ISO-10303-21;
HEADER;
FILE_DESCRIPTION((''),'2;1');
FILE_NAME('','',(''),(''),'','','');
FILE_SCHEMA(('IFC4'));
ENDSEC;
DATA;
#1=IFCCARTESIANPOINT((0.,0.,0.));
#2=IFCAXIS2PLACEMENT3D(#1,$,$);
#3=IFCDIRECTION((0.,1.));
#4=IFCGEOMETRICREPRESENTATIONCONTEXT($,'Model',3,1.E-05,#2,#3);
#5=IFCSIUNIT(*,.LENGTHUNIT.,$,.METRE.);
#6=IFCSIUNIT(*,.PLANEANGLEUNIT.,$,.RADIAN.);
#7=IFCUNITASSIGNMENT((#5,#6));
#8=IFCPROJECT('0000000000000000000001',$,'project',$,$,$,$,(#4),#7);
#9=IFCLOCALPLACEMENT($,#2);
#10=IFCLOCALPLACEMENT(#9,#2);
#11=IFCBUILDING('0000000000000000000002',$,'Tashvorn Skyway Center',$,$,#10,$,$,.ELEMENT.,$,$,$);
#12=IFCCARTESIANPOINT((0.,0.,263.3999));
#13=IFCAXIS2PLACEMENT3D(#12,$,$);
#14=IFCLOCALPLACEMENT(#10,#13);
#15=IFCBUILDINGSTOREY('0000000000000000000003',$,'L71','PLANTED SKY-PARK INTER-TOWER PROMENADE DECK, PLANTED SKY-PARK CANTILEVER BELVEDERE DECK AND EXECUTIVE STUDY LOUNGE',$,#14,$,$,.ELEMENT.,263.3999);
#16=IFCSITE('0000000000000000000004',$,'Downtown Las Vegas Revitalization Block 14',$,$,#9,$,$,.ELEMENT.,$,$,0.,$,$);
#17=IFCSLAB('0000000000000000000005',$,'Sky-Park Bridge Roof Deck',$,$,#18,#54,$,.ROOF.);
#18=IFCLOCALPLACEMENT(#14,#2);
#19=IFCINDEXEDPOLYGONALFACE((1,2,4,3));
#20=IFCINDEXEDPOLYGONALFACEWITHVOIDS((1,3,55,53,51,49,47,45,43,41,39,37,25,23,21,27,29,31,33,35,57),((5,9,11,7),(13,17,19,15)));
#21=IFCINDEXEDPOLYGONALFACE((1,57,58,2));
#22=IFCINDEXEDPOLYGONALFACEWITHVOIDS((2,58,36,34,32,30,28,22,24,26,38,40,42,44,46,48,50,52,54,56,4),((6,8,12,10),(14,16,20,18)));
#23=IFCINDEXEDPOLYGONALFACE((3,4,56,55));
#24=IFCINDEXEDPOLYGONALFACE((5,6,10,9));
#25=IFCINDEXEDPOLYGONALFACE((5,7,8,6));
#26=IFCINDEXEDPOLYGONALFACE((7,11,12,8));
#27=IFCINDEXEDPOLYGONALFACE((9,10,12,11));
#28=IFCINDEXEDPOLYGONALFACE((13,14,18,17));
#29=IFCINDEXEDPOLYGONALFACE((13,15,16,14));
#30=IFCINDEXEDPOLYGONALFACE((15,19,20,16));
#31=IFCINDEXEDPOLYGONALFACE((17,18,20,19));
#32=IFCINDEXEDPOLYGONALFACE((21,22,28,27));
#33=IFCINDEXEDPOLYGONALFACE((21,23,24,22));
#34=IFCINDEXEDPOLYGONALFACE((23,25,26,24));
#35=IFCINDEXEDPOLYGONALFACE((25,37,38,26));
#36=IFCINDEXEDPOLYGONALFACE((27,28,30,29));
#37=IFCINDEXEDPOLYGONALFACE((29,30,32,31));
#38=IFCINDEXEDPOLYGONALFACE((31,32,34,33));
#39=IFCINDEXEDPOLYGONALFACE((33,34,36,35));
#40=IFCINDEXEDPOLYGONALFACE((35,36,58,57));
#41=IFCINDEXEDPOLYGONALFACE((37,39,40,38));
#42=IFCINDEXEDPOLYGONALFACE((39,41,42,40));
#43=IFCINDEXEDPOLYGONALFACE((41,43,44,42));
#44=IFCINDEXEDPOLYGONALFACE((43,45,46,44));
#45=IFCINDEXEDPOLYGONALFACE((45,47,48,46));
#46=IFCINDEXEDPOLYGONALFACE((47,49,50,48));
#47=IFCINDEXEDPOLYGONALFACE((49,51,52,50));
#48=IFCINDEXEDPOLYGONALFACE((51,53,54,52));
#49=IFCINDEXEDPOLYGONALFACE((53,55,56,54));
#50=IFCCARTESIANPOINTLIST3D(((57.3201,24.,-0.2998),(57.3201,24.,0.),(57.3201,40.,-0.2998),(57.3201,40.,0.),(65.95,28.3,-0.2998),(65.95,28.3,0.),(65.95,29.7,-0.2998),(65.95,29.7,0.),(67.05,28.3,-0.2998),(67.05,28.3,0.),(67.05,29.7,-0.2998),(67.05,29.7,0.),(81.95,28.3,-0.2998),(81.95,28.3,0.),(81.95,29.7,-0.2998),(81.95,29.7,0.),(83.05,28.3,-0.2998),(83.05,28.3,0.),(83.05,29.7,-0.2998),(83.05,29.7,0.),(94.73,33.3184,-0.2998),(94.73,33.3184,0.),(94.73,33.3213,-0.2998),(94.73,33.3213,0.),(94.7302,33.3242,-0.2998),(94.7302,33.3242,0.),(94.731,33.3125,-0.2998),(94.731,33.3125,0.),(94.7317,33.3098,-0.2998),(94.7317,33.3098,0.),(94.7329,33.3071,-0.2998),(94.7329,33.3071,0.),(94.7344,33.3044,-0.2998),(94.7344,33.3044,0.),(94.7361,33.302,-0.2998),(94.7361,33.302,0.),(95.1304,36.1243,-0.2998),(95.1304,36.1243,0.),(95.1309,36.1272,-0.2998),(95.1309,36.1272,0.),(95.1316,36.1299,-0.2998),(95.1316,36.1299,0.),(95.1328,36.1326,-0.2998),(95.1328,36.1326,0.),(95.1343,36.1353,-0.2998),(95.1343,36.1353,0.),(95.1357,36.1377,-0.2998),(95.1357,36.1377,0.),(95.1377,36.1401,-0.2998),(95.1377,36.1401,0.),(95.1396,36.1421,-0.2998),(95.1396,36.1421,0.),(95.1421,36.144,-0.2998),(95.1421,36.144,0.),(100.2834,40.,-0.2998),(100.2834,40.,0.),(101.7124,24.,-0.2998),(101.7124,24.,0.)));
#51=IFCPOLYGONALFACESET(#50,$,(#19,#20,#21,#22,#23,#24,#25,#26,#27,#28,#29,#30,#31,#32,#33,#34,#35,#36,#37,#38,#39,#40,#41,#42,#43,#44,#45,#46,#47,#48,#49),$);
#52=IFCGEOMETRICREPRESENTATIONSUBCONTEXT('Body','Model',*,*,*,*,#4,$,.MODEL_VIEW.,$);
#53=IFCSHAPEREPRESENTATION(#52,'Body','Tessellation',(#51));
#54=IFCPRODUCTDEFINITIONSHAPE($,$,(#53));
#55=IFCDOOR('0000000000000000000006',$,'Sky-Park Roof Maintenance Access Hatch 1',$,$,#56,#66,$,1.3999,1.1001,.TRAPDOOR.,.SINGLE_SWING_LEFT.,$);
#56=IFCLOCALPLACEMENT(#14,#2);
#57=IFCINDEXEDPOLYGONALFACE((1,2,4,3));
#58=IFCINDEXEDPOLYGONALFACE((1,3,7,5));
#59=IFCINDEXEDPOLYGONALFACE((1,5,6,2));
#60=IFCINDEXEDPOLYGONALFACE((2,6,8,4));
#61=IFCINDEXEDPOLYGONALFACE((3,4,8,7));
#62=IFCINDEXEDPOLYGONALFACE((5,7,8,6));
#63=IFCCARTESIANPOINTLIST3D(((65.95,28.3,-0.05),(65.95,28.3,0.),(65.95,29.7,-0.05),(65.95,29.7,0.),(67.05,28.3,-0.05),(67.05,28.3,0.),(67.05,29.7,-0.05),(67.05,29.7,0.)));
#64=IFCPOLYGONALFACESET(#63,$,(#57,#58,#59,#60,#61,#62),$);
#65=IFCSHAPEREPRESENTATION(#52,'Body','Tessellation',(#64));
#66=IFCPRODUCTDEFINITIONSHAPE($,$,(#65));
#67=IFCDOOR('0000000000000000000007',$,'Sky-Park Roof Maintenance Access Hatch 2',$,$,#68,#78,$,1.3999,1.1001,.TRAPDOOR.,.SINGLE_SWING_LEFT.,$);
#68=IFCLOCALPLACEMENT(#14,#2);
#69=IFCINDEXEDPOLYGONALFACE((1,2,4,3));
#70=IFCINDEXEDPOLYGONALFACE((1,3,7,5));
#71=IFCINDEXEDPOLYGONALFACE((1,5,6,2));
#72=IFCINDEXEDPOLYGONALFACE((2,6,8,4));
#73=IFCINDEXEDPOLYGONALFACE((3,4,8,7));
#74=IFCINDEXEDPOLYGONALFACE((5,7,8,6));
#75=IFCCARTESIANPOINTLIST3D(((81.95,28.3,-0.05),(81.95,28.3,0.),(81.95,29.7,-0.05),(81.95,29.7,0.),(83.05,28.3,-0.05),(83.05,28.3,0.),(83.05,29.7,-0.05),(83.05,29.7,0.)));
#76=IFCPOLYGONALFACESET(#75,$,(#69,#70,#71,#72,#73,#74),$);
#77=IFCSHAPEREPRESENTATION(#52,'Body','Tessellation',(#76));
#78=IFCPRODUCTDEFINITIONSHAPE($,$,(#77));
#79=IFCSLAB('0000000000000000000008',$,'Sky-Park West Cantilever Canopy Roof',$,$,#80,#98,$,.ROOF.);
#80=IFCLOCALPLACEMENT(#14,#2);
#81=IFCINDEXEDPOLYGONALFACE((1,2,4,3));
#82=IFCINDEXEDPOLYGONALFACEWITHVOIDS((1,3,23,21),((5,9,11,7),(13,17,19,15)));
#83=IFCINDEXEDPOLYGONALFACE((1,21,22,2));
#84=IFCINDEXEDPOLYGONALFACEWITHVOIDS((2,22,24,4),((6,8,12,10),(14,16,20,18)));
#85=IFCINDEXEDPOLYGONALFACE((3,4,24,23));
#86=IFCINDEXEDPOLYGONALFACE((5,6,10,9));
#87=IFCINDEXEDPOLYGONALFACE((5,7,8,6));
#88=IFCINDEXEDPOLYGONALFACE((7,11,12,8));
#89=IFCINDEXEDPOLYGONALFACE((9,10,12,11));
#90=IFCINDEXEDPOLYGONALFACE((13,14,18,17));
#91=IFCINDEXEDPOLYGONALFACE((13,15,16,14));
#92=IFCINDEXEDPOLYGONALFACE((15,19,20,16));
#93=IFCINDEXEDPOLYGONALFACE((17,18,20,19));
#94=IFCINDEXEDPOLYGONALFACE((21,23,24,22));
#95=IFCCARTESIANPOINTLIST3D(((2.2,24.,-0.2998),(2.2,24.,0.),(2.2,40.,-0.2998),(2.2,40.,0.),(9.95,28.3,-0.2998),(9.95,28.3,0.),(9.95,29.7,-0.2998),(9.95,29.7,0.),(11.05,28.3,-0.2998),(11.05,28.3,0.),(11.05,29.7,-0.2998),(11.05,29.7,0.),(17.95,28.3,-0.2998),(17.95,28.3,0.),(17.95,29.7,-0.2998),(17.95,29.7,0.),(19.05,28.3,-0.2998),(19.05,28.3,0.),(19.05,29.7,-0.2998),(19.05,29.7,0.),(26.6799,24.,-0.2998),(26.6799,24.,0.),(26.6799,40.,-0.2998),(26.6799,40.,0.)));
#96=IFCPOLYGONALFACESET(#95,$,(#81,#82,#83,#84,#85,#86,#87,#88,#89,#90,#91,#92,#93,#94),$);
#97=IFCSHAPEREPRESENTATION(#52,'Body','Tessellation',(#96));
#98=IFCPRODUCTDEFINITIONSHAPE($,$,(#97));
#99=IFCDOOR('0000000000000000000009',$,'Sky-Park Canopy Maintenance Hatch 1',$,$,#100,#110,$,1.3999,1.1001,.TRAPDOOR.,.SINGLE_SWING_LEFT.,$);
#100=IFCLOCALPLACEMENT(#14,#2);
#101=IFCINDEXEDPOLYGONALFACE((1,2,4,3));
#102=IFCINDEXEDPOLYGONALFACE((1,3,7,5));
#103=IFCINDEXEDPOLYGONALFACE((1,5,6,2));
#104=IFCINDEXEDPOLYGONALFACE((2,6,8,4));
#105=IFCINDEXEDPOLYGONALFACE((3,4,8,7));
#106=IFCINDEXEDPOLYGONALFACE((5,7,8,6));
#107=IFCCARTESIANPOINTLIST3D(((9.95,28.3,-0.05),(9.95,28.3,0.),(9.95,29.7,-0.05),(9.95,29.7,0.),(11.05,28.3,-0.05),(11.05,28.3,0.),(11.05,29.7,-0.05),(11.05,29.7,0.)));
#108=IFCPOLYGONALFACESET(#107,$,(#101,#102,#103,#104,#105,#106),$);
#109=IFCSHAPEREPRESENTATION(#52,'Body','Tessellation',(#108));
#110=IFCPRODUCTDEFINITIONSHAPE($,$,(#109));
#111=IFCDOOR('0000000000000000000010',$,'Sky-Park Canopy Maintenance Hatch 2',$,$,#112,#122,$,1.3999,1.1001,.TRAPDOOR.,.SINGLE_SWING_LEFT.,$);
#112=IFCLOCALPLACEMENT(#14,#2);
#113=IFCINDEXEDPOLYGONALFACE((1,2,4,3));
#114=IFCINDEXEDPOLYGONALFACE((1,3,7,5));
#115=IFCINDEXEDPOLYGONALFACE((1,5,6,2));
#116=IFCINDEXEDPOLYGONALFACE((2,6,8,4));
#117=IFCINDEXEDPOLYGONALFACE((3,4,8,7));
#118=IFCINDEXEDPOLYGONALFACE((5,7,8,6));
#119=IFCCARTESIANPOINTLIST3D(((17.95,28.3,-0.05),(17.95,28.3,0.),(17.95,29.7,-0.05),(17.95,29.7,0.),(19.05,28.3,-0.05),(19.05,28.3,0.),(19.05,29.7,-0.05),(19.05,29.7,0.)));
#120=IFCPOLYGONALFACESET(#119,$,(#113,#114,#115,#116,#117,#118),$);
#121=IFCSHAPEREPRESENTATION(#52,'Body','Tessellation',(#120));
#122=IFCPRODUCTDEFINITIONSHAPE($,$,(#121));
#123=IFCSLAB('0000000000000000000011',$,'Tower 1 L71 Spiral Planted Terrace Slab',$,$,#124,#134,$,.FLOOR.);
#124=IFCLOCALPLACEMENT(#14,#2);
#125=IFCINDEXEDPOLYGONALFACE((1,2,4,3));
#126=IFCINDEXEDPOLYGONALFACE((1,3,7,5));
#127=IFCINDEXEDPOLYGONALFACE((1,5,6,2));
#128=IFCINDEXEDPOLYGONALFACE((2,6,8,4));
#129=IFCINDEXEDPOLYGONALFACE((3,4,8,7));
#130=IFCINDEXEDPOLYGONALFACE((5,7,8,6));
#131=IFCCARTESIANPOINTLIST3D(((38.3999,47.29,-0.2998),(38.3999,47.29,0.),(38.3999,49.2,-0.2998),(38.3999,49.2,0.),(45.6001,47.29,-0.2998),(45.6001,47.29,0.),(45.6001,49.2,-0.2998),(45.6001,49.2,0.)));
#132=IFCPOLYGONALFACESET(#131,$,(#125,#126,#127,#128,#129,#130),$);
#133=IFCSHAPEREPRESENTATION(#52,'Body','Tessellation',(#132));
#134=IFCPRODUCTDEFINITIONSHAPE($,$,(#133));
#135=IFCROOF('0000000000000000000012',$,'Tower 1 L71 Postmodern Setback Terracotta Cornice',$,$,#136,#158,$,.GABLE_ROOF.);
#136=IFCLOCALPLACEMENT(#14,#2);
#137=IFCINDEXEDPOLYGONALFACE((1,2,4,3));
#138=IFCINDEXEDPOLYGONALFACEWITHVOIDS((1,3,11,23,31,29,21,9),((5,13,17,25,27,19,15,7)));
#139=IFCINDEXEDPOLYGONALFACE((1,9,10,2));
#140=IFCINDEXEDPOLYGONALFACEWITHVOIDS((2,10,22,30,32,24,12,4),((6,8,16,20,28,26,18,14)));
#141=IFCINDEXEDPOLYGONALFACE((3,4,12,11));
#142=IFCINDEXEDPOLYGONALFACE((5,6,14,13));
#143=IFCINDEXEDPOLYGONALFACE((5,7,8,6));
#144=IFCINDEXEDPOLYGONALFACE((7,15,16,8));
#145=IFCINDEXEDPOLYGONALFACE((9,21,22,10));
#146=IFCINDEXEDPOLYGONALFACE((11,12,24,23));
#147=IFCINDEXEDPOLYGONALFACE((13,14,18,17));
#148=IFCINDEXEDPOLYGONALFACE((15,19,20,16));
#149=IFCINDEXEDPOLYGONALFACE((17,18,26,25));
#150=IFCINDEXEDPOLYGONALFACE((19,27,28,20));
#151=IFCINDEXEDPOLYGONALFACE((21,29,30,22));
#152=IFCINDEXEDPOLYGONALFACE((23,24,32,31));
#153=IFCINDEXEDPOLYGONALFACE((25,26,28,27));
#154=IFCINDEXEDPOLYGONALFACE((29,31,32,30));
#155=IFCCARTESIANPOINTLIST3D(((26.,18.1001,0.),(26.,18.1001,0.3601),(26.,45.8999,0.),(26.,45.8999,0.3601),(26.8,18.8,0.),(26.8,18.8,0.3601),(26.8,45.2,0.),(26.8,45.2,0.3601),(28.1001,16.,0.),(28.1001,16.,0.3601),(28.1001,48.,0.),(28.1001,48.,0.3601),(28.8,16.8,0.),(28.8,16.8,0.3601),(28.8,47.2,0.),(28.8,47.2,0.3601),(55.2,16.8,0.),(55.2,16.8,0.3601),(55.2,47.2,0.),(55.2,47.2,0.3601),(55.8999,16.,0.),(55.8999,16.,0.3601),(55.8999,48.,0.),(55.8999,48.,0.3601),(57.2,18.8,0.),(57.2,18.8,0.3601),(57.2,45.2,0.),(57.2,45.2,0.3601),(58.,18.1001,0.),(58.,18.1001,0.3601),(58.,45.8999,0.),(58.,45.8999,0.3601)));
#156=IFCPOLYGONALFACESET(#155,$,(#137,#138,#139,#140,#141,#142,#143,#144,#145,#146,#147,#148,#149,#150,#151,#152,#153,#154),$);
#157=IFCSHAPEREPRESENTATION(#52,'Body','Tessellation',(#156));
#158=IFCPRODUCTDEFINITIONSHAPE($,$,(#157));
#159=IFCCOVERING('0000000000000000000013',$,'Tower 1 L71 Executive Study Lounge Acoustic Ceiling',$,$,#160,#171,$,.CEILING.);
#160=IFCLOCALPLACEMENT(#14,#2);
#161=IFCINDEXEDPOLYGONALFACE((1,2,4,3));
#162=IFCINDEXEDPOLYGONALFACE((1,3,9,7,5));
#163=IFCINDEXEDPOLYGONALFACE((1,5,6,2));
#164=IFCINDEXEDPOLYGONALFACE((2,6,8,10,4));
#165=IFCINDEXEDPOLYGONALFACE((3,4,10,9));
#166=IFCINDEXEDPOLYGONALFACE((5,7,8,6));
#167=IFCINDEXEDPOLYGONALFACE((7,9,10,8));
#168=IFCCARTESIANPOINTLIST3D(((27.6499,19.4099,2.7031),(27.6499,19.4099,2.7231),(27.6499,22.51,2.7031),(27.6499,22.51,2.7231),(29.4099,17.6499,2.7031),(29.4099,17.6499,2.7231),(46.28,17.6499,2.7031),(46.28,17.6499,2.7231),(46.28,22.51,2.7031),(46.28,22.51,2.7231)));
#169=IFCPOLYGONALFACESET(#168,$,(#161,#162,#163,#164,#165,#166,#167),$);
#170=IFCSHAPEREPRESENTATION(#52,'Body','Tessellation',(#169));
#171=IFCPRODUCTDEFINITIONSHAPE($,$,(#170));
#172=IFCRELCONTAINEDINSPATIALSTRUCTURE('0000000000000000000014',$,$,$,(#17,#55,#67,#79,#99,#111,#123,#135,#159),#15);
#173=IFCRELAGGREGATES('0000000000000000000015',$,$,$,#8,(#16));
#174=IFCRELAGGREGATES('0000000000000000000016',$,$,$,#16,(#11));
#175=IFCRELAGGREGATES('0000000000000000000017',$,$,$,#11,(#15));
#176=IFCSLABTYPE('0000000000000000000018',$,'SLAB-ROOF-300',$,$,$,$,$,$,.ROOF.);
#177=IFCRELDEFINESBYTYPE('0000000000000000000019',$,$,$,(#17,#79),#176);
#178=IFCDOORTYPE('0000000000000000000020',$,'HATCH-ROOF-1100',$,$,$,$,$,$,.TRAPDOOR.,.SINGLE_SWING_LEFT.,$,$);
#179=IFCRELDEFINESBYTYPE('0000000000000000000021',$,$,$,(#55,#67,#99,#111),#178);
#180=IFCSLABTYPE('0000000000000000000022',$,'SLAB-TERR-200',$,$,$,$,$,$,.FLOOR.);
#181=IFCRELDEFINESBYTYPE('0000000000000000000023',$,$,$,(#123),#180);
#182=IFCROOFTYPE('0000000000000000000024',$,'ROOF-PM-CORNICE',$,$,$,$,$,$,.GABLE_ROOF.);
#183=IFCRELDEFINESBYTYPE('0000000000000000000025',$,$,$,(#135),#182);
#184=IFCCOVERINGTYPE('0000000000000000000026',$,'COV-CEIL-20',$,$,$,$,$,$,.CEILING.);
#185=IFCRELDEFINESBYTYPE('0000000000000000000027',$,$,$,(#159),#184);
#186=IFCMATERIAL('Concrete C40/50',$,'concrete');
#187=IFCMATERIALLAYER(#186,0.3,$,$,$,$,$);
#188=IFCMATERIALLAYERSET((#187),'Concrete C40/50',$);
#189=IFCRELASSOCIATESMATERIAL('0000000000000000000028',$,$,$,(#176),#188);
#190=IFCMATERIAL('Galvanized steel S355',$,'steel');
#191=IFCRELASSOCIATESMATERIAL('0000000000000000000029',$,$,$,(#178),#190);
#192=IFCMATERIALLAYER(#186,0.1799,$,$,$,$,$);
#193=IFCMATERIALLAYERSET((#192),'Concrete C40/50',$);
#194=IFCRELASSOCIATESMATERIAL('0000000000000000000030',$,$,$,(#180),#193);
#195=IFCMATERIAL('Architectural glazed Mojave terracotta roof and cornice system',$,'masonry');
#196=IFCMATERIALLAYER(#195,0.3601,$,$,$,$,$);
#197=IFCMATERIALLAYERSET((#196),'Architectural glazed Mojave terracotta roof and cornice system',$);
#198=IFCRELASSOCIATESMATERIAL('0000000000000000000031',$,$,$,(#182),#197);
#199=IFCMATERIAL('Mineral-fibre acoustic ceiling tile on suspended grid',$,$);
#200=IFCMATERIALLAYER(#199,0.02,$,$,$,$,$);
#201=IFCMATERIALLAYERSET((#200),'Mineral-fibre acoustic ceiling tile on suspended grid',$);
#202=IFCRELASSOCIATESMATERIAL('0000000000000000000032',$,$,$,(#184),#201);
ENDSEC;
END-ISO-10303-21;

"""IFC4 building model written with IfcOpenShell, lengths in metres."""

from ifc_helpers import new_model, si_unit, direction, frame, origin, origin_2d, place, context, subcontext, project, spatial, polyline, rectangle, outline, extrude, material, layer, layer_set, type_object, element, fill, save


model = new_model("IFC4")

# Units and contexts
model_context = context("Model", 3, precision=1e-05, world=origin(), true_north=direction((0.0, 1.0)))
body_context = subcontext(model_context, "Body", "Model", "MODEL_VIEW")
ifc_project = project(units=[si_unit("LENGTHUNIT", "METRE"), si_unit("PLANEANGLEUNIT", "RADIAN")], contexts=[model_context])

# Site, building, storey
site_placement = place(None, origin())
site = spatial("IfcSite", under=ifc_project, at=site_placement, Name="Downtown Las Vegas Revitalization Block 14", CompositionType="ELEMENT", RefElevation=0.0)
building_placement = place(site_placement, origin())
building = spatial("IfcBuilding", under=site, at=building_placement, Name="Tashvorn Skyway Center", CompositionType="ELEMENT")
storey_placement = place(building_placement, frame((0.0, 0.0, 263.3999)))
storey = spatial("IfcBuildingStorey", under=building, at=storey_placement, Name="L71", Description="PLANTED SKY-PARK INTER-TOWER PROMENADE DECK, PLANTED SKY-PARK CANTILEVER BELVEDERE DECK AND EXECUTIVE STUDY LOUNGE", CompositionType="ELEMENT", Elevation=263.3999)

# Shared definitions
ifc_material_1 = material(Name="Concrete C40/50", Category="concrete")

# Shared definitions
ifc_layer_1 = layer(ifc_material_1, 0.3)
ifc_layer_set_1 = layer_set([ifc_layer_1], Name="Concrete C40/50")
slab_type_1 = type_object("IfcSlabType", Name="SLAB-ROOF-300", PredefinedType="ROOF", material=ifc_layer_set_1)
ifc_material_2 = material(Name="Galvanized steel S355", Category="steel")
door_type = type_object("IfcDoorType", Name="HATCH-ROOF-1100", OperationType="SINGLE_SWING_LEFT", PredefinedType="TRAPDOOR", material=ifc_material_2)

# Slabs, openings, doors
slab_1_placement = place(storey_placement, frame((0.0, 0.0, -0.2998)))
slab_1 = element("IfcSlab", 1, at=slab_1_placement, inside=storey, type_object=slab_type_1, Name="Sky-Park Bridge Roof Deck", PredefinedType="ROOF", context=body_context, shape_type="SweptSolid", body=[
    extrude(outline(polyline([(57.3201, 24.0), (57.3201, 40.0), (100.2834, 40.0), (95.1421, 36.144), (95.1396, 36.1421), (95.1377, 36.1401), (95.1357, 36.1377), (95.1343, 36.1353), (95.1328, 36.1326), (95.1316, 36.1299), (95.1309, 36.1272), (95.1304, 36.1243), (94.7302, 33.3242), (94.73, 33.3213), (94.73, 33.3184), (94.7305, 33.3154), (94.731, 33.3125), (94.7317, 33.3098), (94.7329, 33.3071), (94.7344, 33.3044), (94.7361, 33.302), (101.7124, 24.0), (57.3201, 24.0)])), origin(), (0.0, 0.0, 1.0), 0.2998),
])
opening_1_placement = place(slab_1_placement, frame((66.5, 29.0, 0.0)))
opening_1 = element("IfcOpeningElement", 2, at=opening_1_placement, cuts=slab_1, PredefinedType="OPENING", context=body_context, shape_type="SweptSolid", body=[
    extrude(rectangle(XDim=1.1001, YDim=1.3999, at=origin_2d()), origin(), (0.0, 0.0, 1.0), 0.2998),
])
opening_2_placement = place(slab_1_placement, frame((82.5, 29.0, 0.0)))
opening_2 = element("IfcOpeningElement", 3, at=opening_2_placement, cuts=slab_1, PredefinedType="OPENING", context=body_context, shape_type="SweptSolid", body=[
    extrude(rectangle(XDim=1.1001, YDim=1.3999, at=origin_2d()), origin(), (0.0, 0.0, 1.0), 0.2998),
])
door_1_placement = place(opening_1_placement, frame((0.0, 0.0, 0.2498)))
door_1 = element("IfcDoor", 4, at=door_1_placement, inside=storey, type_object=door_type, Name="Sky-Park Roof Maintenance Access Hatch 1", OperationType="SINGLE_SWING_LEFT", OverallHeight=1.3999, OverallWidth=1.1001, PredefinedType="TRAPDOOR", context=body_context, shape_type="SweptSolid", body=[
    extrude(rectangle(XDim=1.1001, YDim=1.3999, at=origin_2d()), origin(), (0.0, 0.0, 1.0), 0.05),
])
fill(opening_1, door_1)
door_2_placement = place(opening_2_placement, frame((0.0, 0.0, 0.2498)))
door_2 = element("IfcDoor", 5, at=door_2_placement, inside=storey, type_object=door_type, Name="Sky-Park Roof Maintenance Access Hatch 2", OperationType="SINGLE_SWING_LEFT", OverallHeight=1.3999, OverallWidth=1.1001, PredefinedType="TRAPDOOR", context=body_context, shape_type="SweptSolid", body=[
    extrude(rectangle(XDim=1.1001, YDim=1.3999, at=origin_2d()), origin(), (0.0, 0.0, 1.0), 0.05),
])
fill(opening_2, door_2)
slab_2_placement = place(storey_placement, frame((0.0, 0.0, -0.2998)))
slab_2 = element("IfcSlab", 6, at=slab_2_placement, inside=storey, type_object=slab_type_1, Name="Sky-Park West Cantilever Canopy Roof", PredefinedType="ROOF", context=body_context, shape_type="SweptSolid", body=[
    extrude(outline(polyline([(2.2, 24.0), (26.6799, 24.0), (26.6799, 40.0), (2.2, 40.0), (2.2, 24.0)])), origin(), (0.0, 0.0, 1.0), 0.2998),
])
opening_3_placement = place(slab_2_placement, frame((10.5, 29.0, 0.0)))
opening_3 = element("IfcOpeningElement", 7, at=opening_3_placement, cuts=slab_2, PredefinedType="OPENING", context=body_context, shape_type="SweptSolid", body=[
    extrude(rectangle(XDim=1.1001, YDim=1.3999, at=origin_2d()), origin(), (0.0, 0.0, 1.0), 0.2998),
])
opening_4_placement = place(slab_2_placement, frame((18.5, 29.0, 0.0)))
opening_4 = element("IfcOpeningElement", 8, at=opening_4_placement, cuts=slab_2, PredefinedType="OPENING", context=body_context, shape_type="SweptSolid", body=[
    extrude(rectangle(XDim=1.1001, YDim=1.3999, at=origin_2d()), origin(), (0.0, 0.0, 1.0), 0.2998),
])
door_3_placement = place(opening_3_placement, frame((0.0, 0.0, 0.2498)))
door_3 = element("IfcDoor", 9, at=door_3_placement, inside=storey, type_object=door_type, Name="Sky-Park Canopy Maintenance Hatch 1", OperationType="SINGLE_SWING_LEFT", OverallHeight=1.3999, OverallWidth=1.1001, PredefinedType="TRAPDOOR", context=body_context, shape_type="SweptSolid", body=[
    extrude(rectangle(XDim=1.1001, YDim=1.3999, at=origin_2d()), origin(), (0.0, 0.0, 1.0), 0.05),
])
fill(opening_3, door_3)
door_4_placement = place(opening_4_placement, frame((0.0, 0.0, 0.2498)))
door_4 = element("IfcDoor", 10, at=door_4_placement, inside=storey, type_object=door_type, Name="Sky-Park Canopy Maintenance Hatch 2", OperationType="SINGLE_SWING_LEFT", OverallHeight=1.3999, OverallWidth=1.1001, PredefinedType="TRAPDOOR", context=body_context, shape_type="SweptSolid", body=[
    extrude(rectangle(XDim=1.1001, YDim=1.3999, at=origin_2d()), origin(), (0.0, 0.0, 1.0), 0.05),
])
fill(opening_4, door_4)

# Slab
ifc_layer_2 = layer(ifc_material_1, 0.1799)
ifc_layer_set_2 = layer_set([ifc_layer_2], Name="Concrete C40/50")
slab_type_2 = type_object("IfcSlabType", Name="SLAB-TERR-200", PredefinedType="FLOOR", material=ifc_layer_set_2)
slab_3_placement = place(storey_placement, frame((0.0, 0.0, -0.2998)))
element("IfcSlab", 11, at=slab_3_placement, inside=storey, type_object=slab_type_2, Name="Tower 1 L71 Spiral Planted Terrace Slab", PredefinedType="FLOOR", context=body_context, shape_type="SweptSolid", body=[
    extrude(outline(polyline([(38.3999, 47.29), (45.6001, 47.29), (45.6001, 49.2), (38.3999, 49.2), (38.3999, 47.29)])), origin(), (0.0, 0.0, 1.0), 0.2998),
])

# Roof
ifc_material_3 = material(Name="Architectural glazed Mojave terracotta roof and cornice system", Category="masonry")
ifc_layer_3 = layer(ifc_material_3, 0.3601)
ifc_layer_set_3 = layer_set([ifc_layer_3], Name="Architectural glazed Mojave terracotta roof and cornice system")
roof_type = type_object("IfcRoofType", Name="ROOF-PM-CORNICE", PredefinedType="GABLE_ROOF", material=ifc_layer_set_3)
roof_placement = place(storey_placement, origin())
element("IfcRoof", 12, at=roof_placement, inside=storey, type_object=roof_type, Name="Tower 1 L71 Postmodern Setback Terracotta Cornice", PredefinedType="GABLE_ROOF", context=body_context, shape_type="SweptSolid", body=[
    extrude(outline(polyline([(28.1001, 16.0), (55.8999, 16.0), (58.0, 18.1001), (58.0, 45.8999), (55.8999, 48.0), (28.1001, 48.0), (26.0, 45.8999), (26.0, 18.1001), (28.1001, 16.0)]), holes=[polyline([(28.8, 16.8), (55.2, 16.8), (57.2, 18.8), (57.2, 45.2), (55.2, 47.2), (28.8, 47.2), (26.8, 45.2), (26.8, 18.8), (28.8, 16.8)])]), origin(), (0.0, 0.0, 1.0), 0.3601),
])

# Covering
ifc_material_4 = material(Name="Mineral-fibre acoustic ceiling tile on suspended grid")
ifc_layer_4 = layer(ifc_material_4, 0.02)
ifc_layer_set_4 = layer_set([ifc_layer_4], Name="Mineral-fibre acoustic ceiling tile on suspended grid")
covering_type_1 = type_object("IfcCoveringType", Name="COV-CEIL-20", PredefinedType="CEILING", material=ifc_layer_set_4)
covering_1_placement = place(storey_placement, frame((0.0, 0.0, 2.7031)))
element("IfcCovering", 13, at=covering_1_placement, inside=storey, type_object=covering_type_1, Name="Tower 1 L71 Executive Study Lounge Acoustic Ceiling", PredefinedType="CEILING", context=body_context, shape_type="SweptSolid", body=[
    extrude(outline(polyline([(27.6499, 22.51), (46.28, 22.51), (46.28, 17.6499), (29.4099, 17.6499), (27.6499, 19.4099), (27.6499, 22.51)])), origin(), (0.0, 0.0, 1.0), 0.02),
])

save(model, "model.ifc")
